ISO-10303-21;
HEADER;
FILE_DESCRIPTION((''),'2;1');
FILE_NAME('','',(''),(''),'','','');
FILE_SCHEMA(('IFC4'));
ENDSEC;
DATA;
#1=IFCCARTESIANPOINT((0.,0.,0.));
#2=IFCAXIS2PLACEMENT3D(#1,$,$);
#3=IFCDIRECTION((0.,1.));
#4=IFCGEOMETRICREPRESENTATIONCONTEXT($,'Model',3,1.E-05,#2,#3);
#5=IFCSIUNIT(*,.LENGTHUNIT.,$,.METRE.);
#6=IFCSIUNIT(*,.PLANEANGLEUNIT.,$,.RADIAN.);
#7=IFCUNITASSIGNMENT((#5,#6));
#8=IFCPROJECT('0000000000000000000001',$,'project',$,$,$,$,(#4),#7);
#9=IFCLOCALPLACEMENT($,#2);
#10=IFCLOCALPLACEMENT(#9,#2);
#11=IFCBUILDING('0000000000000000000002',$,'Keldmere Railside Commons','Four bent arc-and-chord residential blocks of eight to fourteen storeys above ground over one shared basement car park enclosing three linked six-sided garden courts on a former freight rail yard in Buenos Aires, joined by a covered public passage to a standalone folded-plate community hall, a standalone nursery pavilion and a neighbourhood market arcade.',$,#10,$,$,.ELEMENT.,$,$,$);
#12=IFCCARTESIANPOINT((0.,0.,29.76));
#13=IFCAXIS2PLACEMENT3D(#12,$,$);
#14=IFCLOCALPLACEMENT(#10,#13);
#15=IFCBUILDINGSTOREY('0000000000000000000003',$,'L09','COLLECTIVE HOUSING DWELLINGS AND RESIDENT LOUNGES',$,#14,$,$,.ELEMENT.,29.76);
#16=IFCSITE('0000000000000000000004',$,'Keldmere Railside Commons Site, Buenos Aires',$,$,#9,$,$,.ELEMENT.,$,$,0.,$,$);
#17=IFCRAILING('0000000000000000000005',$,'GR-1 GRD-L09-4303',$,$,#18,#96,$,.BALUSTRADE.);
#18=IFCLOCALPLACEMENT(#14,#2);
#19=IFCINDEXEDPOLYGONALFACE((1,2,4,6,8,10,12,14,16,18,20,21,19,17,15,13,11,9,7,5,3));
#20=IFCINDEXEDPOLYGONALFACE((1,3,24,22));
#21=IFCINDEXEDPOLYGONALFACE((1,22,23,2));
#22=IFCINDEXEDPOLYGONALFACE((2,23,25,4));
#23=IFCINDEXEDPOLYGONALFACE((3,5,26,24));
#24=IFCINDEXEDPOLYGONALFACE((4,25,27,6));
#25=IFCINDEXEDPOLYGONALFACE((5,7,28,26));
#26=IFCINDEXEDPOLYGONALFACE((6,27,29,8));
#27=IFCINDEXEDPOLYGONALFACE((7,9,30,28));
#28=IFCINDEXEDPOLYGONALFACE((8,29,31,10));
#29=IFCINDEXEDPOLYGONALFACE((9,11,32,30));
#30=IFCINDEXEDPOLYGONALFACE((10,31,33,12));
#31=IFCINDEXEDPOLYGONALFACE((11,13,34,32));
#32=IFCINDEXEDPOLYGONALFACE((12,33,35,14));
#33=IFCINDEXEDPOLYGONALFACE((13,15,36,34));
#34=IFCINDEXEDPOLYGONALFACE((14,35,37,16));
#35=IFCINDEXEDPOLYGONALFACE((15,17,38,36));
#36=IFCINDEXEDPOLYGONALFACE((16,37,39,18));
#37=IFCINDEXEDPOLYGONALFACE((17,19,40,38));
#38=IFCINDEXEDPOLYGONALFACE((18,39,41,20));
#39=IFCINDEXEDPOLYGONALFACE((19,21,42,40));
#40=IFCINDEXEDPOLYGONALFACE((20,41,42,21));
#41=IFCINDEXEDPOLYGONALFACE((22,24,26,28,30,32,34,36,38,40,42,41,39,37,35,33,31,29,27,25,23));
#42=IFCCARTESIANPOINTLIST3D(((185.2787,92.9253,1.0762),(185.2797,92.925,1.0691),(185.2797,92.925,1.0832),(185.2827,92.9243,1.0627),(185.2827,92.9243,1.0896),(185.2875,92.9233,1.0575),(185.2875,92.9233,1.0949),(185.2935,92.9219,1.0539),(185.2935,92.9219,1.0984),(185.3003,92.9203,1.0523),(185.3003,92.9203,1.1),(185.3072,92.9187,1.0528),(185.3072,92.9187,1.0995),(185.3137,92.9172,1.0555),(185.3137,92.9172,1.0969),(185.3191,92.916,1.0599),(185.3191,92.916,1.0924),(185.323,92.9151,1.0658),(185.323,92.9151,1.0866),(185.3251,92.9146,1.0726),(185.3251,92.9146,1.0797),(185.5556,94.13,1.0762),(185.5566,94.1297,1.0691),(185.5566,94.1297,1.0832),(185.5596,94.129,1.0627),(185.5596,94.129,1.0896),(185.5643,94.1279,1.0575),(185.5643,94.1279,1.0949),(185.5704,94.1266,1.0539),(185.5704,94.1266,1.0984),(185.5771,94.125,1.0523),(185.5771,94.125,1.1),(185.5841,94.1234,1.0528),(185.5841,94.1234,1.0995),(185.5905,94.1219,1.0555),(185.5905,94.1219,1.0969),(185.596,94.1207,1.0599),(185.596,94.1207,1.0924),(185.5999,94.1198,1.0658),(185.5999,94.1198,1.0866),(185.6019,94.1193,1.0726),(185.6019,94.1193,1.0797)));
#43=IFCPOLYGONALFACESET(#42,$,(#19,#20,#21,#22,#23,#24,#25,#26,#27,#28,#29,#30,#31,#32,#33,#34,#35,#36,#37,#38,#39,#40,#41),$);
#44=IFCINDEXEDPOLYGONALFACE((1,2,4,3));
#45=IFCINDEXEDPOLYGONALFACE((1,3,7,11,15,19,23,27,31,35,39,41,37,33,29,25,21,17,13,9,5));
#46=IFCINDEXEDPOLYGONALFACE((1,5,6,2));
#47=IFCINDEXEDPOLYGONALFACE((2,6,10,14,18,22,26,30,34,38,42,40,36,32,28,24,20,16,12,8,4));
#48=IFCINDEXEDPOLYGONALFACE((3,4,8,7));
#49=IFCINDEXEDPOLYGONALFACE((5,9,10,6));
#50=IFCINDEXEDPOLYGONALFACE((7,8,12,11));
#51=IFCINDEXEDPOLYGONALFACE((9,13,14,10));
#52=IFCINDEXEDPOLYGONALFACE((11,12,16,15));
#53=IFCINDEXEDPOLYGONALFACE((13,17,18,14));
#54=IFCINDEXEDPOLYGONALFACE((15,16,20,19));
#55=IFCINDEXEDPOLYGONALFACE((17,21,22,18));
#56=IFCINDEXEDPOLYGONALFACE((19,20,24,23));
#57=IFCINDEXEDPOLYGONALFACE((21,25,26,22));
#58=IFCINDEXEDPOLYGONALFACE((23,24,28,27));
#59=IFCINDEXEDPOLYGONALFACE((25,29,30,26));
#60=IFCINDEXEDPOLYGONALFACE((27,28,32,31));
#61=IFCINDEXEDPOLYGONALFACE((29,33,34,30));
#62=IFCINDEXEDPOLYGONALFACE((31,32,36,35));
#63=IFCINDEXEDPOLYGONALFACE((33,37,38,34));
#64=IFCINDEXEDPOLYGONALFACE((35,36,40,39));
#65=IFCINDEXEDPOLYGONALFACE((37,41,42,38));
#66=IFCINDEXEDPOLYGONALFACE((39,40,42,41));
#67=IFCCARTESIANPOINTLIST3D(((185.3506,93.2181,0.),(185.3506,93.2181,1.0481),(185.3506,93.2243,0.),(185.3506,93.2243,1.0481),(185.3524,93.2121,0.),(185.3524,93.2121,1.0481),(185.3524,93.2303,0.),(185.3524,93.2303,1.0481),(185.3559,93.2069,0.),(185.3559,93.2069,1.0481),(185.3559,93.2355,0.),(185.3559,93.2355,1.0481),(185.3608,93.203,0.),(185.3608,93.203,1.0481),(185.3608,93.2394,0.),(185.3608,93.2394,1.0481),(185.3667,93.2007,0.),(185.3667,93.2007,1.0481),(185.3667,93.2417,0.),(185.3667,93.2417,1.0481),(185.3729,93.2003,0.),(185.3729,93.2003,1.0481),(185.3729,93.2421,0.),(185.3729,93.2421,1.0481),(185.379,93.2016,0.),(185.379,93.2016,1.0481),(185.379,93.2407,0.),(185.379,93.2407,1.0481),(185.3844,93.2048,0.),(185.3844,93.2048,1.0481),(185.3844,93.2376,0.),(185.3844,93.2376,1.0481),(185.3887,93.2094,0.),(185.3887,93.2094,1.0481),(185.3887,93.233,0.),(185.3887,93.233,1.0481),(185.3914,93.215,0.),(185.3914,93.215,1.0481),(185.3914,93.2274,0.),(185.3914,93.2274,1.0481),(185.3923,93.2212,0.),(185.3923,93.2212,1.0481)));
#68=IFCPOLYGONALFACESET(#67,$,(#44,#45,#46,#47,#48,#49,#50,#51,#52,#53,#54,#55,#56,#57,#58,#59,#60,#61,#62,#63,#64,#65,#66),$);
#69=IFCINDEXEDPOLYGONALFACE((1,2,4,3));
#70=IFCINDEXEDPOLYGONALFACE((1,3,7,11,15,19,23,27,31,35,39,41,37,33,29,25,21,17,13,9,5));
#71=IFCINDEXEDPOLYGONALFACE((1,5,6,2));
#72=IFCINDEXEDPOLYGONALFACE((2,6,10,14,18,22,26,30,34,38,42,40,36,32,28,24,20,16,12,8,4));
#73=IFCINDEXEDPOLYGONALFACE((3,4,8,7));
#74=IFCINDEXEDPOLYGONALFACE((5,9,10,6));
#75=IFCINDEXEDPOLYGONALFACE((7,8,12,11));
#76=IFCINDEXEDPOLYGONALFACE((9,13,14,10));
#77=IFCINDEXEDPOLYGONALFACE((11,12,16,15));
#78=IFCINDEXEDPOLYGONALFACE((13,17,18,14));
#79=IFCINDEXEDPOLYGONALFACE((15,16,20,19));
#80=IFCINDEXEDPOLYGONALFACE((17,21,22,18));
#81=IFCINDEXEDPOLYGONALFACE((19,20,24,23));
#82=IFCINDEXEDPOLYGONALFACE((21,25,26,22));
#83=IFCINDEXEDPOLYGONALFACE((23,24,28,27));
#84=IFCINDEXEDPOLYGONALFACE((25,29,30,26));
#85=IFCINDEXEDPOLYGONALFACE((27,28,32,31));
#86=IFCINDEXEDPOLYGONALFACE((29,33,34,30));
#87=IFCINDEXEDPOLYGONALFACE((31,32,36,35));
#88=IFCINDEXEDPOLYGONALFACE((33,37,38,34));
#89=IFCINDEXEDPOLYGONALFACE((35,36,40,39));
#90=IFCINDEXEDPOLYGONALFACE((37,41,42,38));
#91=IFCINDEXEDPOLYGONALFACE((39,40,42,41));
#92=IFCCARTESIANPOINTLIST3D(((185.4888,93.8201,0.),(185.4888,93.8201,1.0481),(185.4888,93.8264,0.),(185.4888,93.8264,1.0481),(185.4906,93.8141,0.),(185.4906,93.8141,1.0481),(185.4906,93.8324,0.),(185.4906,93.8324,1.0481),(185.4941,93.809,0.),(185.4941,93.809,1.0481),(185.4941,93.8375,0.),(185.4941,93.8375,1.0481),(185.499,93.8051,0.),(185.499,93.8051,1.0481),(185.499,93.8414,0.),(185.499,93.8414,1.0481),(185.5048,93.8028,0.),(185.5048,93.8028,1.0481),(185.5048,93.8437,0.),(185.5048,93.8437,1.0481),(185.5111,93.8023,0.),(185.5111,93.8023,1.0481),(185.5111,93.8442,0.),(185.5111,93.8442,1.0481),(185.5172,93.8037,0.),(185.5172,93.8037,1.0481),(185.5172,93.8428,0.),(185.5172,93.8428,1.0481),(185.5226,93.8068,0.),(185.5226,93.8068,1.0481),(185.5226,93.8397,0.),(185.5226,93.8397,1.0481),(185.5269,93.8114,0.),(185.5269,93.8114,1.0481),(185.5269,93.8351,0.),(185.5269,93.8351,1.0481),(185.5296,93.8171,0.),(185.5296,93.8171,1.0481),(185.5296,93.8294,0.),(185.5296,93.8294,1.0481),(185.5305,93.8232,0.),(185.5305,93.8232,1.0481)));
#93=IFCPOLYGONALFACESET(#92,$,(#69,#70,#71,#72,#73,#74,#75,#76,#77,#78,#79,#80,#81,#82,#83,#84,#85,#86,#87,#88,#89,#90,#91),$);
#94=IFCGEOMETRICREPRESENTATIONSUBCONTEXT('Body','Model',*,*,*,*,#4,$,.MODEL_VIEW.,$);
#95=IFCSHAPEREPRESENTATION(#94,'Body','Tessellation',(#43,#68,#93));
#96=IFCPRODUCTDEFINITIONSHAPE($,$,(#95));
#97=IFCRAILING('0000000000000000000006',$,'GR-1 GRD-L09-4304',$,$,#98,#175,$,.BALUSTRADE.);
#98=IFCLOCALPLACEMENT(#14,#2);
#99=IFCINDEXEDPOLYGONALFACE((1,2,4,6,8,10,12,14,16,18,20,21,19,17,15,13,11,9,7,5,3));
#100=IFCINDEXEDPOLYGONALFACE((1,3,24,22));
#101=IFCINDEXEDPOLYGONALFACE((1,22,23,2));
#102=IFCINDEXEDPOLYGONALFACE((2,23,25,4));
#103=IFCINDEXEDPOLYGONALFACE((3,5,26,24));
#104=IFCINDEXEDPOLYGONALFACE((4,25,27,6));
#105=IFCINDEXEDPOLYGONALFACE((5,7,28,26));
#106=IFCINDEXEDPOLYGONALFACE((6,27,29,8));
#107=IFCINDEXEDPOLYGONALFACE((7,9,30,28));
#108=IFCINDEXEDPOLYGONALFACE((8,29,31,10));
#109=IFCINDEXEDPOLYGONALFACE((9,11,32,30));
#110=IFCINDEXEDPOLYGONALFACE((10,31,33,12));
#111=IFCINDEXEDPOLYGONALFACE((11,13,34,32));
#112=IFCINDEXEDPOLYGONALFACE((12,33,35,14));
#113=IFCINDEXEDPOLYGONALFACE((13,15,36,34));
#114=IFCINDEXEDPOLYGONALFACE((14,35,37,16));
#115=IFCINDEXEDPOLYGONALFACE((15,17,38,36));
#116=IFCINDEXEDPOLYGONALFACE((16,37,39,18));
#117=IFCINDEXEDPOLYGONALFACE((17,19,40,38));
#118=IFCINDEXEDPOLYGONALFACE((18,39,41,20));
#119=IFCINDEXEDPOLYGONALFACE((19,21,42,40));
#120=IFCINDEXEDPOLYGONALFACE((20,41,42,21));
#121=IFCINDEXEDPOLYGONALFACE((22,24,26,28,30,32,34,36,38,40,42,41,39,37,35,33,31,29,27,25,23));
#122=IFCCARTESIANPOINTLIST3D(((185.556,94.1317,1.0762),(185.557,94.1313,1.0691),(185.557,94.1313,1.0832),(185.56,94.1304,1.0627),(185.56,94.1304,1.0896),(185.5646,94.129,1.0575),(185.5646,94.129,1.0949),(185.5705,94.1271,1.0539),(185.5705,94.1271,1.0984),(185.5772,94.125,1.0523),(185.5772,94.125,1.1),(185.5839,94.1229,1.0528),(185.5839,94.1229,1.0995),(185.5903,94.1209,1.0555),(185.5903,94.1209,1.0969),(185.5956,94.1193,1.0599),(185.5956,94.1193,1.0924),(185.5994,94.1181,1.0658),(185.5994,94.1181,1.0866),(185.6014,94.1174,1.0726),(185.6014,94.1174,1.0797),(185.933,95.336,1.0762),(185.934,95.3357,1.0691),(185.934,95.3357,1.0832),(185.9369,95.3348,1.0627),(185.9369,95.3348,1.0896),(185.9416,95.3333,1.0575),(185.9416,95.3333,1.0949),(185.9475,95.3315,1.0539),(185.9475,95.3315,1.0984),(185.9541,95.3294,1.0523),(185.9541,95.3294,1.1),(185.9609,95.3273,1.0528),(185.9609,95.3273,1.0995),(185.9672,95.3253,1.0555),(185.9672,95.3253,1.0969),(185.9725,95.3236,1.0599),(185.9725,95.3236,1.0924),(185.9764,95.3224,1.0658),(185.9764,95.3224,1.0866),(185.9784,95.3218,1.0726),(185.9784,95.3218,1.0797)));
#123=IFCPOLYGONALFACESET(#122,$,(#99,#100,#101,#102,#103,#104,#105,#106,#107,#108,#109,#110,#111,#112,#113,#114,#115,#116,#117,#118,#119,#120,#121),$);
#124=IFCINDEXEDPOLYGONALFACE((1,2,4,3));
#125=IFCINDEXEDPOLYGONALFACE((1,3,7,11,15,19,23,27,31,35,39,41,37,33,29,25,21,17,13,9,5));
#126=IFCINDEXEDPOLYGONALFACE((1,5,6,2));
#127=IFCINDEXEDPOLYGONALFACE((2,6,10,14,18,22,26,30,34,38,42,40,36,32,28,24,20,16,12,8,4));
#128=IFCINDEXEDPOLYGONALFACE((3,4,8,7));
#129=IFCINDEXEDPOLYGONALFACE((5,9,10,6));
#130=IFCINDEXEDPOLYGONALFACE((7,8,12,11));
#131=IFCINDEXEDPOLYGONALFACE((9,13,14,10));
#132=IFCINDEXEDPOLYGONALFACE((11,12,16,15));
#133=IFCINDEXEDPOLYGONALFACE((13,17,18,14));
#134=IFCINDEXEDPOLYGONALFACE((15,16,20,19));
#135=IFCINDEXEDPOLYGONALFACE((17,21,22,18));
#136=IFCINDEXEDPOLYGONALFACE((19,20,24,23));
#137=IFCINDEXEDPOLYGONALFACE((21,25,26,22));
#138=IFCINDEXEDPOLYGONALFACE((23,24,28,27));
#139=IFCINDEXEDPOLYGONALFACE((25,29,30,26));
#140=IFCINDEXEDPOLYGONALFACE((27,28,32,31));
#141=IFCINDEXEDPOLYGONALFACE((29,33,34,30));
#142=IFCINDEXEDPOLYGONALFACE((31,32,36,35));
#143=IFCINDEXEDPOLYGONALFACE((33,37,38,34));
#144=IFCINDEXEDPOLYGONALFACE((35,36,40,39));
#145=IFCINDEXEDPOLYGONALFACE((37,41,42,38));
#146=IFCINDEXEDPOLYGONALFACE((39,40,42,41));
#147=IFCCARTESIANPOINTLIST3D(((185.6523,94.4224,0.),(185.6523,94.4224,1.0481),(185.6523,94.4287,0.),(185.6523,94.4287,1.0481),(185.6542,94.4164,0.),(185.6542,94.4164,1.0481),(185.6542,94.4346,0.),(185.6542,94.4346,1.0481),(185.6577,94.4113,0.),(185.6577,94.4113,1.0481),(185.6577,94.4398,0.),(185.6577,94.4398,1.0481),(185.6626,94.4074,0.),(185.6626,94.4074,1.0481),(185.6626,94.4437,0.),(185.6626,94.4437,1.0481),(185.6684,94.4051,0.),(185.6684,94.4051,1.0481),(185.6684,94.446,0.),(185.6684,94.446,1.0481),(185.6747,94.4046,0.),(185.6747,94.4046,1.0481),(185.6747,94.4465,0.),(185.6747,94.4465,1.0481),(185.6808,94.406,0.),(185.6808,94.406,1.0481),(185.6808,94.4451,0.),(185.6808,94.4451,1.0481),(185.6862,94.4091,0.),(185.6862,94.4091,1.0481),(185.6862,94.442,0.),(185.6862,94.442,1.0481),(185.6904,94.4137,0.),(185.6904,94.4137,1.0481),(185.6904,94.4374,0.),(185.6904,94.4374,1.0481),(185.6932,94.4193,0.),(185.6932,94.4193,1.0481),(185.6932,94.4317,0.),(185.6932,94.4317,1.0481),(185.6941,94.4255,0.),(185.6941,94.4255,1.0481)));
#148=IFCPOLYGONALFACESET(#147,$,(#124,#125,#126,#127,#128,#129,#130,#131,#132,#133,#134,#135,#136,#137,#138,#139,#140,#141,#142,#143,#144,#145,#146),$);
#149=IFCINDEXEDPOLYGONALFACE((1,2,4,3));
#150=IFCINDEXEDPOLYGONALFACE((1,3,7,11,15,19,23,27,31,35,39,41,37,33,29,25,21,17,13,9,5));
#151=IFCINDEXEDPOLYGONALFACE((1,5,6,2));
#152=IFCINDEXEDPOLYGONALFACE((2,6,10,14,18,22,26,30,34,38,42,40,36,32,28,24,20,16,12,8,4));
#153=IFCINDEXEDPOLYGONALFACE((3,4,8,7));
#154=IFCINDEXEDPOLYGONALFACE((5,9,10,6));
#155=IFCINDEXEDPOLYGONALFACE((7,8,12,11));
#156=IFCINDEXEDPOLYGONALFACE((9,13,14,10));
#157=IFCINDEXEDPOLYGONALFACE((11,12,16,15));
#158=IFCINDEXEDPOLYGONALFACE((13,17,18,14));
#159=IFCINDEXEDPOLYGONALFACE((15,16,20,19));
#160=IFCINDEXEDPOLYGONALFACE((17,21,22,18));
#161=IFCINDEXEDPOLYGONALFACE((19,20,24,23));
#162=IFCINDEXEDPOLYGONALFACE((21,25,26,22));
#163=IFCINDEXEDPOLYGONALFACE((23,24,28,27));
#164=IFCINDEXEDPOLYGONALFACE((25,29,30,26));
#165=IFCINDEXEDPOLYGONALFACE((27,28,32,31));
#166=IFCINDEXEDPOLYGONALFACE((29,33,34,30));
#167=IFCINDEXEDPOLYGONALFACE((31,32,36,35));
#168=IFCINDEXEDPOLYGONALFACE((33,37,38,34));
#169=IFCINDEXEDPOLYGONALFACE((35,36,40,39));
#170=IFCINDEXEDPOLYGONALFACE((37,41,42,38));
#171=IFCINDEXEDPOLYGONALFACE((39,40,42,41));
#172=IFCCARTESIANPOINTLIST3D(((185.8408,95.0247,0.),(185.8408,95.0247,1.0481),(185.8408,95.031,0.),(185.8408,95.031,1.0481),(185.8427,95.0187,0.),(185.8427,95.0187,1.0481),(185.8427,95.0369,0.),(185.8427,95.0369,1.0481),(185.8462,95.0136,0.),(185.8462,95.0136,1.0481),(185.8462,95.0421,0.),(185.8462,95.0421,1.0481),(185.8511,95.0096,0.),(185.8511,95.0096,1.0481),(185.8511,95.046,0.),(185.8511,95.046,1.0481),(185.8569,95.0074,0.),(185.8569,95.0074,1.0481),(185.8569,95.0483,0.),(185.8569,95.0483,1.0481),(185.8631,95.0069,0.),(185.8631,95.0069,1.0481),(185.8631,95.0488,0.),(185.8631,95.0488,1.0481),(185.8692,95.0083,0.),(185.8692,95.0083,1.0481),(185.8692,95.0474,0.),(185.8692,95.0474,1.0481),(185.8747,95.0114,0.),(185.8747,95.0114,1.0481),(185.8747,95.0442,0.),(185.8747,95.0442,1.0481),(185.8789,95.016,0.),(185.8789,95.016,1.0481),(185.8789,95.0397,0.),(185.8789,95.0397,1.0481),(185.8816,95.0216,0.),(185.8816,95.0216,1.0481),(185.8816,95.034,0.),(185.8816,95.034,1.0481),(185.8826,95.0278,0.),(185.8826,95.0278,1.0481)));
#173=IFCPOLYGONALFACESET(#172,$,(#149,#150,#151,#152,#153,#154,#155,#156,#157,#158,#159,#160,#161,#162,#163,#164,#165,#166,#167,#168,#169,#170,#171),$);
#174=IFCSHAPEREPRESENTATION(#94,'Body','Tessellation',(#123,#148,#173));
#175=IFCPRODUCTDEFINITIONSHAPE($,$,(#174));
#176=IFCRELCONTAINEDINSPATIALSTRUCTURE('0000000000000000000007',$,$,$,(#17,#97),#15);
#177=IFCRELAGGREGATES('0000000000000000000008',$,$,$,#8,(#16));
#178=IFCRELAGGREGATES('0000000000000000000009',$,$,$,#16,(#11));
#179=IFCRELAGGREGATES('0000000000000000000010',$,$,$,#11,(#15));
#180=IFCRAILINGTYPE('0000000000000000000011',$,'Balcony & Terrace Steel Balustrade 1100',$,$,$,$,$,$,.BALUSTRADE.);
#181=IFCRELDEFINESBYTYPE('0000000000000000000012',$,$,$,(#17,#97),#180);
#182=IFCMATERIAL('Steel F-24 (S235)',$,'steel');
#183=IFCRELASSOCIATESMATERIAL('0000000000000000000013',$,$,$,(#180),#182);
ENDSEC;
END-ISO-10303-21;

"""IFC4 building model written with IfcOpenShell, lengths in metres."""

from ifc_helpers import new_model, si_unit, direction, frame, origin, origin_2d, place, context, subcontext, project, spatial, circle, extrude, material, type_object, element, save


model = new_model("IFC4")

# Units and contexts
model_context = context("Model", 3, precision=1e-05, world=origin(), true_north=direction((0.0, 1.0)))
body_context = subcontext(model_context, "Body", "Model", "MODEL_VIEW")
ifc_project = project(units=[si_unit("LENGTHUNIT", "METRE"), si_unit("PLANEANGLEUNIT", "RADIAN")], contexts=[model_context])

# Site, building, storey
site_placement = place(None, origin())
site = spatial("IfcSite", under=ifc_project, at=site_placement, Name="Keldmere Railside Commons Site, Buenos Aires", CompositionType="ELEMENT", RefElevation=0.0)
building_placement = place(site_placement, origin())
building = spatial("IfcBuilding", under=site, at=building_placement, Name="Keldmere Railside Commons", Description="Four bent arc-and-chord residential blocks of eight to fourteen storeys above ground over one shared basement car park enclosing three linked six-sided garden courts on a former freight rail yard in Buenos Aires, joined by a covered public passage to a standalone folded-plate community hall, a standalone nursery pavilion and a neighbourhood market arcade.", CompositionType="ELEMENT")
storey_placement = place(building_placement, frame((0.0, 0.0, 29.76)))
storey = spatial("IfcBuildingStorey", under=building, at=storey_placement, Name="L09", Description="COLLECTIVE HOUSING DWELLINGS AND RESIDENT LOUNGES", CompositionType="ELEMENT", Elevation=29.76)

# Railings
ifc_material_1 = material(Name="Steel F-24 (S235)", Category="steel")
railing_type = type_object("IfcRailingType", Name="Balcony & Terrace Steel Balustrade 1100", PredefinedType="BALUSTRADE", material=ifc_material_1)
railing_1_placement = place(storey_placement, frame((185.302, 92.9199, 0.0)))
element("IfcRailing", 1, at=railing_1_placement, inside=storey, type_object=railing_type, Name="GR-1 GRD-L09-4303", PredefinedType="BALUSTRADE", context=body_context, shape_type="SweptSolid", body=[
    extrude(circle(Radius=0.0239, at=origin_2d()), frame((0.0, 0.0, 1.0762), z_axis=(0.223994, 0.974591, 0.0), x_axis=(-0.974591, 0.223994, 0.0)), (0.0, 0.0, 1.0), 1.2361),
    extrude(circle(Radius=0.021, at=origin_2d()), frame((0.0693, 0.3013, 0.0)), (0.0, 0.0, 1.0), 1.0481),
    extrude(circle(Radius=0.021, at=origin_2d()), frame((0.2075, 0.9033, 0.0)), (0.0, 0.0, 1.0), 1.0481),
])
railing_2_placement = place(storey_placement, frame((185.5789, 94.1245, 0.0)))
element("IfcRailing", 2, at=railing_2_placement, inside=storey, type_object=railing_type, Name="GR-1 GRD-L09-4304", PredefinedType="BALUSTRADE", context=body_context, shape_type="SweptSolid", body=[
    extrude(circle(Radius=0.0239, at=origin_2d()), frame((0.0, 0.0, 1.0762), z_axis=(0.298705, 0.954346, 0.0), x_axis=(-0.954346, 0.298705, 0.0)), (0.0, 0.0, 1.0), 1.262),
    extrude(circle(Radius=0.021, at=origin_2d()), frame((0.0942, 0.301, 0.0)), (0.0, 0.0, 1.0), 1.0481),
    extrude(circle(Radius=0.021, at=origin_2d()), frame((0.2827, 0.9033, 0.0)), (0.0, 0.0, 1.0), 1.0481),
])

save(model, "model.ifc")
